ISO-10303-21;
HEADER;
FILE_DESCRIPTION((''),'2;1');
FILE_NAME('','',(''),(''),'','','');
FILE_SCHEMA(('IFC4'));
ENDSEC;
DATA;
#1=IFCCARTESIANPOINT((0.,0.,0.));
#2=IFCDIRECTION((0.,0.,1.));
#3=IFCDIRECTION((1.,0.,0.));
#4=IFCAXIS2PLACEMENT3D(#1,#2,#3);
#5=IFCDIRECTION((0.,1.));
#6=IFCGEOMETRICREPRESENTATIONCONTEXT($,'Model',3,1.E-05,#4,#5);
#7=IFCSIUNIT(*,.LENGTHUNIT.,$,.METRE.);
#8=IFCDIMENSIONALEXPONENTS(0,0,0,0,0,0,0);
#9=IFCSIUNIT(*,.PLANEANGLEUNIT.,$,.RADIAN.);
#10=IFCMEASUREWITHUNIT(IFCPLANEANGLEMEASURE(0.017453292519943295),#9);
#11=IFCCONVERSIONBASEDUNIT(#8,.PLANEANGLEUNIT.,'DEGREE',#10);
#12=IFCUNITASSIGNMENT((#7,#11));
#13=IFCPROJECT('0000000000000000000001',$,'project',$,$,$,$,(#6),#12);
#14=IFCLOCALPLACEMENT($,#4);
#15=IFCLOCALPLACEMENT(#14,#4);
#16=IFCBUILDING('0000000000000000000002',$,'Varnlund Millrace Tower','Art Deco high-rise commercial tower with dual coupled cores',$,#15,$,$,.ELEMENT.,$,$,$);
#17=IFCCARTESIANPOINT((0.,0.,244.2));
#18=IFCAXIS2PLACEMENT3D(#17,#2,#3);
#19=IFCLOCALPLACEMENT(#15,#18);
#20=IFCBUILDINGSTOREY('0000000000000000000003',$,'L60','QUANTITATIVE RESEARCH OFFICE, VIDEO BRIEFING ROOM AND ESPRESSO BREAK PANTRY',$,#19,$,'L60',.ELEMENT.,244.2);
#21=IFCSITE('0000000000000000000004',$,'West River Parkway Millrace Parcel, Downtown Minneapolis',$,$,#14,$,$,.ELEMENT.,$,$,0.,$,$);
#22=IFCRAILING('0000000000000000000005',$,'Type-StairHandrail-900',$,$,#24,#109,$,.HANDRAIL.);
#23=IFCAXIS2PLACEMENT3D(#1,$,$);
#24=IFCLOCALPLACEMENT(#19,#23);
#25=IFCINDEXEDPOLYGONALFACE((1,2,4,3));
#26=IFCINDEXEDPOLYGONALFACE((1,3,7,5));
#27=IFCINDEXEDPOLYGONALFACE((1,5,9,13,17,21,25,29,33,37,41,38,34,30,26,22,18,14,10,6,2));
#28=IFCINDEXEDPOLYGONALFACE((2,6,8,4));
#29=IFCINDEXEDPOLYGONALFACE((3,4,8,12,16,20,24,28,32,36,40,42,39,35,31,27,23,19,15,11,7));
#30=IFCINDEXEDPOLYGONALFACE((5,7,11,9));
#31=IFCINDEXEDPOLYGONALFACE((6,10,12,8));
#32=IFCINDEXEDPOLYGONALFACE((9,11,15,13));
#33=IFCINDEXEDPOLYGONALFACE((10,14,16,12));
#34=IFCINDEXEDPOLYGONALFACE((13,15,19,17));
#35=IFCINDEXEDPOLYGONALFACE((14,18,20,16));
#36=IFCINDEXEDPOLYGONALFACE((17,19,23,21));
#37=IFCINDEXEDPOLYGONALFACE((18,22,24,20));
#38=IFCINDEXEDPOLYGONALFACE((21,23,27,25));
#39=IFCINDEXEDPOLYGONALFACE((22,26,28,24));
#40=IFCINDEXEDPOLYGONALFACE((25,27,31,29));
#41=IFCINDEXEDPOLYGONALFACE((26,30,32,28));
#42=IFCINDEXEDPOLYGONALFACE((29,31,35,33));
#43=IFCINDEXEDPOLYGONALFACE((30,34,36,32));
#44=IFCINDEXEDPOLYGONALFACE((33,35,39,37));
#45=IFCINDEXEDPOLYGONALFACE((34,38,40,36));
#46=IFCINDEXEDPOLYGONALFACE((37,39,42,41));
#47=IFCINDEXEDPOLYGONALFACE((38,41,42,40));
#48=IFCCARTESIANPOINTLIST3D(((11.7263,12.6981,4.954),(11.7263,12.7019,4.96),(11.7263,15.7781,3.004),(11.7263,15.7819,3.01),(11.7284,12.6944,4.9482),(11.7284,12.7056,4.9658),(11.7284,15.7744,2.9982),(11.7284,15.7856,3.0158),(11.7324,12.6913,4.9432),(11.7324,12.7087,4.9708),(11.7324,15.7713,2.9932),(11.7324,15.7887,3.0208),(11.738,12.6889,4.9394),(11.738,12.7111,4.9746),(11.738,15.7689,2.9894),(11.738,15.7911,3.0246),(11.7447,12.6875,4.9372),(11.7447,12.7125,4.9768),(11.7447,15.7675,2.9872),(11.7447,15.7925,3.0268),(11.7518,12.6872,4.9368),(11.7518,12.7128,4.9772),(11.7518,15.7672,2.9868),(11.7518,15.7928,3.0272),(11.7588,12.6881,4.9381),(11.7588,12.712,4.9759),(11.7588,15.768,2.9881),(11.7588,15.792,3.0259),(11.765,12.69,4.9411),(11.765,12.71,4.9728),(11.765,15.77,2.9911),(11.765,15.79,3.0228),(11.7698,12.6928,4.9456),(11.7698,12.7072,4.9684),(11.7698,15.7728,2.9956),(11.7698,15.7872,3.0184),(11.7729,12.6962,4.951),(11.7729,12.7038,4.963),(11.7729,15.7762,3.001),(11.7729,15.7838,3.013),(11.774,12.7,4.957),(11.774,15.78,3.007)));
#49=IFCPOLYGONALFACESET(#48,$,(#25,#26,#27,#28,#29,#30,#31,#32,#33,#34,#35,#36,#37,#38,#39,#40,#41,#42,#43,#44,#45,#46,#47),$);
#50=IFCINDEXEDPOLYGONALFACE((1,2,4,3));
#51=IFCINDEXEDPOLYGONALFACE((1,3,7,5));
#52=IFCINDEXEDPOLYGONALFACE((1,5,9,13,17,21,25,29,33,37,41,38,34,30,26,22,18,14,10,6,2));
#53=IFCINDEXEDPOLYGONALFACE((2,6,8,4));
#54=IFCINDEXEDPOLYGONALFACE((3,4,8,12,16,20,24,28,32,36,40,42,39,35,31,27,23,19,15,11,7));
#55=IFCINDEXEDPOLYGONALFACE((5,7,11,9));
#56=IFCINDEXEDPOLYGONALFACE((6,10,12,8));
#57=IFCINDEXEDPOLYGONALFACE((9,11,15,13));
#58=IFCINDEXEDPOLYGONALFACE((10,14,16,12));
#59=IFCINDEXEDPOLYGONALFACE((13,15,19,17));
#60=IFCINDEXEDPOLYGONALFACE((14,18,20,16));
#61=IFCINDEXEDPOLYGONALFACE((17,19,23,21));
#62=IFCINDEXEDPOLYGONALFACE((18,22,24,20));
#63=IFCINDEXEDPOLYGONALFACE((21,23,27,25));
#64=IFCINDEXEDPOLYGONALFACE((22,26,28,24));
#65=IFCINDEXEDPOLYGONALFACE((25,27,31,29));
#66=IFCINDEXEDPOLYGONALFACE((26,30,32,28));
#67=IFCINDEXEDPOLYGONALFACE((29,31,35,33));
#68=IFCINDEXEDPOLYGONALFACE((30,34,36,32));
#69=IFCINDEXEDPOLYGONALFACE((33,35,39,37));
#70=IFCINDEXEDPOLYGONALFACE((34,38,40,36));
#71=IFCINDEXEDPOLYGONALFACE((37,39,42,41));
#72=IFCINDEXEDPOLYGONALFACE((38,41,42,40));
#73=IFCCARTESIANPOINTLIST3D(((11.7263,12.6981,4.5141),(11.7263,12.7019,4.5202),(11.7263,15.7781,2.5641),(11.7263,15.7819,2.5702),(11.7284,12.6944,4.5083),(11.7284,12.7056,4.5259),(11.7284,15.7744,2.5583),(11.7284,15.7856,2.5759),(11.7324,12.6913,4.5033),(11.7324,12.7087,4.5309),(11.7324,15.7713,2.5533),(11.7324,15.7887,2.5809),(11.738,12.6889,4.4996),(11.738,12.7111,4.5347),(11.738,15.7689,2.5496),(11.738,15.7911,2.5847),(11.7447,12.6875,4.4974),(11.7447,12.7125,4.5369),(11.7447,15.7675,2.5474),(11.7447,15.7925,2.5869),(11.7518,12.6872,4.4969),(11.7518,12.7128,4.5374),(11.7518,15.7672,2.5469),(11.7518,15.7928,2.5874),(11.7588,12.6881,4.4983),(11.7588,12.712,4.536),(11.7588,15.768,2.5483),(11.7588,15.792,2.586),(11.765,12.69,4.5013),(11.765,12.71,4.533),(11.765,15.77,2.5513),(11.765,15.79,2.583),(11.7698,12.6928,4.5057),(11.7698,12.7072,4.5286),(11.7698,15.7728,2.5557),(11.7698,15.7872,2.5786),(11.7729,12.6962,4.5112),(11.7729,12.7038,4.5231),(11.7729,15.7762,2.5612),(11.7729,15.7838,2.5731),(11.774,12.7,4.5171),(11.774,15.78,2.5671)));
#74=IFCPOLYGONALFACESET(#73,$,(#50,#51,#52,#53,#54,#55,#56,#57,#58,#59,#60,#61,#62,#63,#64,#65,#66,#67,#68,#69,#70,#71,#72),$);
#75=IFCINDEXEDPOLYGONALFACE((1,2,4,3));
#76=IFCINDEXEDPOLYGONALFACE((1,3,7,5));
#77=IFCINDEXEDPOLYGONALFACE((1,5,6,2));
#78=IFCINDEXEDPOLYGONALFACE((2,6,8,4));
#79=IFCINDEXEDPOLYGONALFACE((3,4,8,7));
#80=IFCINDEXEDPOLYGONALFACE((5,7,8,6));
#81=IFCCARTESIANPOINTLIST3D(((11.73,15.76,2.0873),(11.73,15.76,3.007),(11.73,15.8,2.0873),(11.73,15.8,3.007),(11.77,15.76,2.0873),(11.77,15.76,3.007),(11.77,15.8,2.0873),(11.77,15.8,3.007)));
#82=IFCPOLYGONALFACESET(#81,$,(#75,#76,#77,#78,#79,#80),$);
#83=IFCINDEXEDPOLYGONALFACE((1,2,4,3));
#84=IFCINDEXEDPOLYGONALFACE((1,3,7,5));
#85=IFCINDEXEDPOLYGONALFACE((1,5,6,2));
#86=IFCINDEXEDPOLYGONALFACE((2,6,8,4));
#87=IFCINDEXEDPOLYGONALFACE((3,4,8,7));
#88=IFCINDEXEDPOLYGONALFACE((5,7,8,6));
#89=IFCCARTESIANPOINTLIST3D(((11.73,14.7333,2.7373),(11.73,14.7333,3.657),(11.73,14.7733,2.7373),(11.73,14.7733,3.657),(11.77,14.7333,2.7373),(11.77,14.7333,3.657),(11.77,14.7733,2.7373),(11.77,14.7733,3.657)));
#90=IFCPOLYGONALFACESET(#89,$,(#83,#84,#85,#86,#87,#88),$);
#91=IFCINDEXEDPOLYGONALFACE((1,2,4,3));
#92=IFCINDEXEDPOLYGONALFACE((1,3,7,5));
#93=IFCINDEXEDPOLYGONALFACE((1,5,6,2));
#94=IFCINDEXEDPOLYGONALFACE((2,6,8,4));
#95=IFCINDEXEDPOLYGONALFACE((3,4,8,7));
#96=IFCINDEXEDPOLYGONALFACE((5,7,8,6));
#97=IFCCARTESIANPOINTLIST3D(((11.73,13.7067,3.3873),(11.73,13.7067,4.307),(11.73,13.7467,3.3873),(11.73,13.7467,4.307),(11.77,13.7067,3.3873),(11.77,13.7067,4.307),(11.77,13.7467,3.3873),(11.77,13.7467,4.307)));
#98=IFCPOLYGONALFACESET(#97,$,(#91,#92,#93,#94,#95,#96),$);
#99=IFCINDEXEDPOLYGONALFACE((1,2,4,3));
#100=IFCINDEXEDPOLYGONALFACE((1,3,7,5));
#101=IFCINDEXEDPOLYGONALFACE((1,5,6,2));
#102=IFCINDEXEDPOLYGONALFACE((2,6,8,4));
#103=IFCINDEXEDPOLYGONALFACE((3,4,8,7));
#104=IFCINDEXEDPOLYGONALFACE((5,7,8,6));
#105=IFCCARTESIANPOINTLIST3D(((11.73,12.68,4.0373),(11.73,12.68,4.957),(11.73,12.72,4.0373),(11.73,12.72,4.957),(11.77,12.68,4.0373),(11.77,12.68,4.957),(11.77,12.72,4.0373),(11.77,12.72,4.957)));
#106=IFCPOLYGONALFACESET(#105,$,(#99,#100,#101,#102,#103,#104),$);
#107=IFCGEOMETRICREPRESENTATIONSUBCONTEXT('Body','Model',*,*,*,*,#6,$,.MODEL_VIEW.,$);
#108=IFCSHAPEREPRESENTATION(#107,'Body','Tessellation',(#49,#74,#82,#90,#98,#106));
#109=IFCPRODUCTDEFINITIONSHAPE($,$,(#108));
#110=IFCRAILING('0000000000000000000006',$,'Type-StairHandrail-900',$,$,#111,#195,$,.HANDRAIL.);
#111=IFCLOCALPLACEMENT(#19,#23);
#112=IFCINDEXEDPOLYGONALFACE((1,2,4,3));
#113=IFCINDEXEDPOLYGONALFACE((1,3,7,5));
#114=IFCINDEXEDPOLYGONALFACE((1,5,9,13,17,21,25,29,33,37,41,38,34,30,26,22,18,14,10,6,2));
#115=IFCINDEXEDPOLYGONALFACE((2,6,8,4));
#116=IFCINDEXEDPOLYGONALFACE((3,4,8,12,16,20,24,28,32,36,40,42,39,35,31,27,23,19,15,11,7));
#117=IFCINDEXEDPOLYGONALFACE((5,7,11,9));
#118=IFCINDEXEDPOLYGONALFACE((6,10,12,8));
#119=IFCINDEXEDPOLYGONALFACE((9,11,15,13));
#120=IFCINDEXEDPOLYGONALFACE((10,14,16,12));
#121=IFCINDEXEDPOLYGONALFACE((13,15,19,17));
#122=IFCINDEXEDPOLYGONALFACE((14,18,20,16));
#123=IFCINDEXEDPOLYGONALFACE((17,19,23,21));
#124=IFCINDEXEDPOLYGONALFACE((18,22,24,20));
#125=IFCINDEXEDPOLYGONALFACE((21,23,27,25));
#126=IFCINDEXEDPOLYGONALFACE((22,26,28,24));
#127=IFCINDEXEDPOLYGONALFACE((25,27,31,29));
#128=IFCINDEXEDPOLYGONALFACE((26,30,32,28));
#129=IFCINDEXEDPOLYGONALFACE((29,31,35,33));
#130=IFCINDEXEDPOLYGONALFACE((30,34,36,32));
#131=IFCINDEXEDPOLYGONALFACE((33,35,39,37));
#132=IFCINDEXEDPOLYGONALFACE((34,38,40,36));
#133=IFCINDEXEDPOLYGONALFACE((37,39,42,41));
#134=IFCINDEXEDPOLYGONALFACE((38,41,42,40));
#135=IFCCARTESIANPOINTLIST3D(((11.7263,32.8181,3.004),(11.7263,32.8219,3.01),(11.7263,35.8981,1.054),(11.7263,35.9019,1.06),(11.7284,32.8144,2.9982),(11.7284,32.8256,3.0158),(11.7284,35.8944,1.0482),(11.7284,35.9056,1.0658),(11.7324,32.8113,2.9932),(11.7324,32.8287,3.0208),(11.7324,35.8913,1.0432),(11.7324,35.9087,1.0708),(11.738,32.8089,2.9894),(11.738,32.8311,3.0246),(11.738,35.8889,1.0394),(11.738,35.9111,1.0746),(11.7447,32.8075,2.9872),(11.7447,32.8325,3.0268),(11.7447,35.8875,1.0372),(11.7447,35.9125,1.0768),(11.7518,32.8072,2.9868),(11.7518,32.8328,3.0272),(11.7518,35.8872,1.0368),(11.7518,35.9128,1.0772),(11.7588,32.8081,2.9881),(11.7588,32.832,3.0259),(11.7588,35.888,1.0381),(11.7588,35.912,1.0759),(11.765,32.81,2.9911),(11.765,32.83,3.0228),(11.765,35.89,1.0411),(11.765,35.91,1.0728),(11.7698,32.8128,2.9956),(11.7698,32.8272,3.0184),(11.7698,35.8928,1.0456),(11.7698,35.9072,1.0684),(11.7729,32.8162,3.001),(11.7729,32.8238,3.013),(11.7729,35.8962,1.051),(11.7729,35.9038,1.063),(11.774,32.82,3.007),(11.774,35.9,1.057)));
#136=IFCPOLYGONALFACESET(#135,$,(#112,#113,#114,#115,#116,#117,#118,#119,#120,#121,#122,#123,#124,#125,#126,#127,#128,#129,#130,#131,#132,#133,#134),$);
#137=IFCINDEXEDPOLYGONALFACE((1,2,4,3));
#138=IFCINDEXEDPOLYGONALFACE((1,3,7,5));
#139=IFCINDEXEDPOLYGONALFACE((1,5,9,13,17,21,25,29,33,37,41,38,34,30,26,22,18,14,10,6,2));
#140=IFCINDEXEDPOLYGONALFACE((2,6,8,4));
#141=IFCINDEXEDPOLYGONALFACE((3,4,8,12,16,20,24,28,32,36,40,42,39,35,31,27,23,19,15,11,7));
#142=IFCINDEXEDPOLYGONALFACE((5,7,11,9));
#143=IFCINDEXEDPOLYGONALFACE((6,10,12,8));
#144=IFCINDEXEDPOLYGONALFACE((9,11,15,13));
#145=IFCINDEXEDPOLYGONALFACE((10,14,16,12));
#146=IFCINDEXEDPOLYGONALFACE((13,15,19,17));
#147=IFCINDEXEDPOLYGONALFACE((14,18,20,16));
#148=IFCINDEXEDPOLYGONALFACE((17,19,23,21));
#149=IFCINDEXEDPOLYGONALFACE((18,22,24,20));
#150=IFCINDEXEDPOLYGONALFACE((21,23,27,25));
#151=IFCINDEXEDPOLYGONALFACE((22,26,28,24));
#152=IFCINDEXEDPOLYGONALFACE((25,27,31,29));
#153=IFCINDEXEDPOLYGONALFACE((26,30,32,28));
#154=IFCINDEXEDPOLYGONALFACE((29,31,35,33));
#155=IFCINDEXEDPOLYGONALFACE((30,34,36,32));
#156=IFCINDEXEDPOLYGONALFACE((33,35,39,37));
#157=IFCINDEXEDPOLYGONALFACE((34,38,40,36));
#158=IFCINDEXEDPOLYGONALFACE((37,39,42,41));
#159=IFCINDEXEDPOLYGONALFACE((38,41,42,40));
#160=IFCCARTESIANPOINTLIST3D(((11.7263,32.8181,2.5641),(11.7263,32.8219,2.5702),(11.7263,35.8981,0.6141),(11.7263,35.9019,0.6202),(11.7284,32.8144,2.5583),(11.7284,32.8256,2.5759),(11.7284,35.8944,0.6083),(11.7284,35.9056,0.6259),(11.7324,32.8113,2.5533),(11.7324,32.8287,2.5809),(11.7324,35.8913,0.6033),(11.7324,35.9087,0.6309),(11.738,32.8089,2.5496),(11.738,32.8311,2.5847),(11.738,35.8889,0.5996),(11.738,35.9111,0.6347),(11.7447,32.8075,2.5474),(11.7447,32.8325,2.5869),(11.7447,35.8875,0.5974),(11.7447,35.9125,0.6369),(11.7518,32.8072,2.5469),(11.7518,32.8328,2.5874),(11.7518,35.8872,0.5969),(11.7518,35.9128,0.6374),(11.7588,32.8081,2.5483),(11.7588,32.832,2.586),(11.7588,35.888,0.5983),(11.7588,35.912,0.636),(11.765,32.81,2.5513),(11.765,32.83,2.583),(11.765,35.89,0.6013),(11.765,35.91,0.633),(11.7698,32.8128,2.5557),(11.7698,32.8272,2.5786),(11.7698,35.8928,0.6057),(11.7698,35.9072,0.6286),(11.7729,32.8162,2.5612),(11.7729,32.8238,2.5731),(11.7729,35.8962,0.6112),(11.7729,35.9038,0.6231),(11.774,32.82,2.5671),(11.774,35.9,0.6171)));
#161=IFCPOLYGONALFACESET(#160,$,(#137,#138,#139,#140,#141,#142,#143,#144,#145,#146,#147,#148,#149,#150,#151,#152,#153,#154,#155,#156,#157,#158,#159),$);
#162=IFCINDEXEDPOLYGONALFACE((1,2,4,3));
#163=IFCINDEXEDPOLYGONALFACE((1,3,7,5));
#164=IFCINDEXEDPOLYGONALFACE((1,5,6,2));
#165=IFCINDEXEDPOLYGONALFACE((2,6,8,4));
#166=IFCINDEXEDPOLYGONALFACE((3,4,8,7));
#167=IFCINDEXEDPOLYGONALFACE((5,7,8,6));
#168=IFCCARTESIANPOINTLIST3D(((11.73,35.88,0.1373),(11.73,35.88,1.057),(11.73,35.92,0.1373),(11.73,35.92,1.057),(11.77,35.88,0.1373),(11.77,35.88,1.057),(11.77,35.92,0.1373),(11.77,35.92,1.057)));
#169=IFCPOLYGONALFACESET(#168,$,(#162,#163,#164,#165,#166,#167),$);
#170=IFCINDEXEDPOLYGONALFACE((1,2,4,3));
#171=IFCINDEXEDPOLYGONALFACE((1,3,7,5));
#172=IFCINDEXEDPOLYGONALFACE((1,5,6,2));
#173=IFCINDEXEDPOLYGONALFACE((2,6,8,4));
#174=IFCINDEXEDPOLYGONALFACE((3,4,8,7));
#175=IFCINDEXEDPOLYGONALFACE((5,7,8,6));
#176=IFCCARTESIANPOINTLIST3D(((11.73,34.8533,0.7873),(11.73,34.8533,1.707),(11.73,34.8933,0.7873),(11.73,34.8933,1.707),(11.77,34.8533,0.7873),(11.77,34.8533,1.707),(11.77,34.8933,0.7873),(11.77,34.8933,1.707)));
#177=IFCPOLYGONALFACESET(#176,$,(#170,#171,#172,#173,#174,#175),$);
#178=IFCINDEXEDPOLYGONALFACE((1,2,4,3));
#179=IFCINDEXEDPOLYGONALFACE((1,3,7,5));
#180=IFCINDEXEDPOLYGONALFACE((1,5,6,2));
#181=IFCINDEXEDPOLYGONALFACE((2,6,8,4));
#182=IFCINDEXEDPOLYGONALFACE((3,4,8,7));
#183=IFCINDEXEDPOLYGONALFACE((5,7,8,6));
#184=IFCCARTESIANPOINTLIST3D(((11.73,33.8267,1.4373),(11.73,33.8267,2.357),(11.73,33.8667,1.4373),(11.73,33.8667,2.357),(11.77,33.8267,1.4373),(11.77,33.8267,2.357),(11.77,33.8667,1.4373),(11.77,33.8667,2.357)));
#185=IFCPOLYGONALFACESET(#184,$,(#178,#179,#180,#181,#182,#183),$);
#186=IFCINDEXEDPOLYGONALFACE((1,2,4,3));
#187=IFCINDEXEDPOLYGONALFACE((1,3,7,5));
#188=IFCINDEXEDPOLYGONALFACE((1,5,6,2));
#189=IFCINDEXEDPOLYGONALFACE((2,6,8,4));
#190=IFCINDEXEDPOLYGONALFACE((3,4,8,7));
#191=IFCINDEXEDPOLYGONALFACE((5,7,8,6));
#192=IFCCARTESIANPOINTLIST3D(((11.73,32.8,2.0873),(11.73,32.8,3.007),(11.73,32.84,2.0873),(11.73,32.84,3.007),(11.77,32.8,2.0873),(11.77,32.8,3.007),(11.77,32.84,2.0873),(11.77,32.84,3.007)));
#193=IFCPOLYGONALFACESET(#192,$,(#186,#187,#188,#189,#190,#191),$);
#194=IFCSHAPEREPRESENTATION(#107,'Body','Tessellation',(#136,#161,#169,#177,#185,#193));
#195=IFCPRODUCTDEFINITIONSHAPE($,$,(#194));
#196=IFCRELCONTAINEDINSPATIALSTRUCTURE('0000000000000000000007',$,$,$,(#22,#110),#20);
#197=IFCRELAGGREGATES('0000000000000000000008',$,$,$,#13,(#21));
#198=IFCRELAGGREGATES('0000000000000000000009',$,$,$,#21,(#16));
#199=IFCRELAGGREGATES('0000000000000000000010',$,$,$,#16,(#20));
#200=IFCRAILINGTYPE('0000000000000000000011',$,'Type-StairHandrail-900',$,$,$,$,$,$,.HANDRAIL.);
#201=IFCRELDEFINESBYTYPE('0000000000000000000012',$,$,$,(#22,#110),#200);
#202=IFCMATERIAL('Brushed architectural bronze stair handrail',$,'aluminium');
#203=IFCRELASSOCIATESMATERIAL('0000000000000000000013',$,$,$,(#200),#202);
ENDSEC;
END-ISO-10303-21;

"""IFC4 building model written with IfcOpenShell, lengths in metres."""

from ifc_helpers import new_model, entity, si_unit, converted_unit, direction, frame, origin_with_axes, origin_2d_with_axis, place, context, subcontext, project, spatial, rectangle, circle, extrude, material, type_object, element, save


model = new_model("IFC4")

# Units and contexts
model_context = context("Model", 3, precision=1e-05, world=origin_with_axes(), true_north=direction((0.0, 1.0)))
body_context = subcontext(model_context, "Body", "Model", "MODEL_VIEW")
ifc_project = project(units=[si_unit("LENGTHUNIT", "METRE"), converted_unit("PLANEANGLEUNIT", "DEGREE", entity("IfcPlaneAngleMeasure", 0.017453292519943295), si_unit("PLANEANGLEUNIT", "RADIAN"), dimensions=[0, 0, 0, 0, 0, 0, 0])], contexts=[model_context])

# Site, building, storey
site_placement = place(None, origin_with_axes())
site = spatial("IfcSite", under=ifc_project, at=site_placement, Name="West River Parkway Millrace Parcel, Downtown Minneapolis", CompositionType="ELEMENT", RefElevation=0.0)
building_placement = place(site_placement, origin_with_axes())
building = spatial("IfcBuilding", under=site, at=building_placement, Name="Varnlund Millrace Tower", Description="Art Deco high-rise commercial tower with dual coupled cores", CompositionType="ELEMENT")
storey_placement = place(building_placement, frame((0.0, 0.0, 244.2), z_axis=(0.0, 0.0, 1.0), x_axis=(1.0, 0.0, 0.0)))
storey = spatial("IfcBuildingStorey", under=building, at=storey_placement, Name="L60", Description="QUANTITATIVE RESEARCH OFFICE, VIDEO BRIEFING ROOM AND ESPRESSO BREAK PANTRY", LongName="L60", CompositionType="ELEMENT", Elevation=244.2)

# Railings
ifc_material_1 = material(Name="Brushed architectural bronze stair handrail", Category="aluminium")
railing_type_1 = type_object("IfcRailingType", Name="Type-StairHandrail-900", PredefinedType="HANDRAIL", material=ifc_material_1)
railing_1_placement = place(storey_placement, frame((0.0, 0.0, -244.2), z_axis=(0.0, 0.0, 1.0), x_axis=(1.0, 0.0, 0.0)))
element("IfcRailing", 1, at=railing_1_placement, inside=storey, type_object=railing_type_1, Name="Type-StairHandrail-900", PredefinedType="HANDRAIL", context=body_context, shape_type="SweptSolid", body=[
    extrude(circle(Radius=0.024, at=origin_2d_with_axis()), frame((11.75, 15.78, 247.207), z_axis=(0.0, -0.844902, 0.534922), x_axis=(1.0, 0.0, 0.0)), (0.0, 0.0, 1.0), 3.6454),
    extrude(circle(Radius=0.024, at=origin_2d_with_axis()), frame((11.75, 15.78, 246.7671), z_axis=(0.0, -0.844902, 0.534922), x_axis=(1.0, 0.0, 0.0)), (0.0, 0.0, 1.0), 3.6454),
    extrude(rectangle(XDim=0.04, YDim=0.04, at=origin_2d_with_axis()), frame((11.75, 15.78, 246.2873), z_axis=(0.0, 0.0, 1.0), x_axis=(1.0, 0.0, 0.0)), (0.0, 0.0, 1.0), 0.9197),
    extrude(rectangle(XDim=0.04, YDim=0.04, at=origin_2d_with_axis()), frame((11.75, 14.7533, 246.9373), z_axis=(0.0, 0.0, 1.0), x_axis=(1.0, 0.0, 0.0)), (0.0, 0.0, 1.0), 0.9197),
    extrude(rectangle(XDim=0.04, YDim=0.04, at=origin_2d_with_axis()), frame((11.75, 13.7267, 247.5873), z_axis=(0.0, 0.0, 1.0), x_axis=(1.0, 0.0, 0.0)), (0.0, 0.0, 1.0), 0.9197),
    extrude(rectangle(XDim=0.04, YDim=0.04, at=origin_2d_with_axis()), frame((11.75, 12.7, 248.2373), z_axis=(0.0, 0.0, 1.0), x_axis=(1.0, 0.0, 0.0)), (0.0, 0.0, 1.0), 0.9197),
])
railing_2_placement = place(storey_placement, frame((0.0, 0.0, -244.2), z_axis=(0.0, 0.0, 1.0), x_axis=(1.0, 0.0, 0.0)))
element("IfcRailing", 2, at=railing_2_placement, inside=storey, type_object=railing_type_1, Name="Type-StairHandrail-900", PredefinedType="HANDRAIL", context=body_context, shape_type="SweptSolid", body=[
    extrude(circle(Radius=0.024, at=origin_2d_with_axis()), frame((11.75, 35.9, 245.257), z_axis=(0.0, -0.844902, 0.534922), x_axis=(1.0, 0.0, 0.0)), (0.0, 0.0, 1.0), 3.6454),
    extrude(circle(Radius=0.024, at=origin_2d_with_axis()), frame((11.75, 35.9, 244.8171), z_axis=(0.0, -0.844902, 0.534922), x_axis=(1.0, 0.0, 0.0)), (0.0, 0.0, 1.0), 3.6454),
    extrude(rectangle(XDim=0.04, YDim=0.04, at=origin_2d_with_axis()), frame((11.75, 35.9, 244.3373), z_axis=(0.0, 0.0, 1.0), x_axis=(1.0, 0.0, 0.0)), (0.0, 0.0, 1.0), 0.9197),
    extrude(rectangle(XDim=0.04, YDim=0.04, at=origin_2d_with_axis()), frame((11.75, 34.8733, 244.9873), z_axis=(0.0, 0.0, 1.0), x_axis=(1.0, 0.0, 0.0)), (0.0, 0.0, 1.0), 0.9197),
    extrude(rectangle(XDim=0.04, YDim=0.04, at=origin_2d_with_axis()), frame((11.75, 33.8467, 245.6373), z_axis=(0.0, 0.0, 1.0), x_axis=(1.0, 0.0, 0.0)), (0.0, 0.0, 1.0), 0.9197),
    extrude(rectangle(XDim=0.04, YDim=0.04, at=origin_2d_with_axis()), frame((11.75, 32.82, 246.2873), z_axis=(0.0, 0.0, 1.0), x_axis=(1.0, 0.0, 0.0)), (0.0, 0.0, 1.0), 0.9197),
])

save(model, "model.ifc")
